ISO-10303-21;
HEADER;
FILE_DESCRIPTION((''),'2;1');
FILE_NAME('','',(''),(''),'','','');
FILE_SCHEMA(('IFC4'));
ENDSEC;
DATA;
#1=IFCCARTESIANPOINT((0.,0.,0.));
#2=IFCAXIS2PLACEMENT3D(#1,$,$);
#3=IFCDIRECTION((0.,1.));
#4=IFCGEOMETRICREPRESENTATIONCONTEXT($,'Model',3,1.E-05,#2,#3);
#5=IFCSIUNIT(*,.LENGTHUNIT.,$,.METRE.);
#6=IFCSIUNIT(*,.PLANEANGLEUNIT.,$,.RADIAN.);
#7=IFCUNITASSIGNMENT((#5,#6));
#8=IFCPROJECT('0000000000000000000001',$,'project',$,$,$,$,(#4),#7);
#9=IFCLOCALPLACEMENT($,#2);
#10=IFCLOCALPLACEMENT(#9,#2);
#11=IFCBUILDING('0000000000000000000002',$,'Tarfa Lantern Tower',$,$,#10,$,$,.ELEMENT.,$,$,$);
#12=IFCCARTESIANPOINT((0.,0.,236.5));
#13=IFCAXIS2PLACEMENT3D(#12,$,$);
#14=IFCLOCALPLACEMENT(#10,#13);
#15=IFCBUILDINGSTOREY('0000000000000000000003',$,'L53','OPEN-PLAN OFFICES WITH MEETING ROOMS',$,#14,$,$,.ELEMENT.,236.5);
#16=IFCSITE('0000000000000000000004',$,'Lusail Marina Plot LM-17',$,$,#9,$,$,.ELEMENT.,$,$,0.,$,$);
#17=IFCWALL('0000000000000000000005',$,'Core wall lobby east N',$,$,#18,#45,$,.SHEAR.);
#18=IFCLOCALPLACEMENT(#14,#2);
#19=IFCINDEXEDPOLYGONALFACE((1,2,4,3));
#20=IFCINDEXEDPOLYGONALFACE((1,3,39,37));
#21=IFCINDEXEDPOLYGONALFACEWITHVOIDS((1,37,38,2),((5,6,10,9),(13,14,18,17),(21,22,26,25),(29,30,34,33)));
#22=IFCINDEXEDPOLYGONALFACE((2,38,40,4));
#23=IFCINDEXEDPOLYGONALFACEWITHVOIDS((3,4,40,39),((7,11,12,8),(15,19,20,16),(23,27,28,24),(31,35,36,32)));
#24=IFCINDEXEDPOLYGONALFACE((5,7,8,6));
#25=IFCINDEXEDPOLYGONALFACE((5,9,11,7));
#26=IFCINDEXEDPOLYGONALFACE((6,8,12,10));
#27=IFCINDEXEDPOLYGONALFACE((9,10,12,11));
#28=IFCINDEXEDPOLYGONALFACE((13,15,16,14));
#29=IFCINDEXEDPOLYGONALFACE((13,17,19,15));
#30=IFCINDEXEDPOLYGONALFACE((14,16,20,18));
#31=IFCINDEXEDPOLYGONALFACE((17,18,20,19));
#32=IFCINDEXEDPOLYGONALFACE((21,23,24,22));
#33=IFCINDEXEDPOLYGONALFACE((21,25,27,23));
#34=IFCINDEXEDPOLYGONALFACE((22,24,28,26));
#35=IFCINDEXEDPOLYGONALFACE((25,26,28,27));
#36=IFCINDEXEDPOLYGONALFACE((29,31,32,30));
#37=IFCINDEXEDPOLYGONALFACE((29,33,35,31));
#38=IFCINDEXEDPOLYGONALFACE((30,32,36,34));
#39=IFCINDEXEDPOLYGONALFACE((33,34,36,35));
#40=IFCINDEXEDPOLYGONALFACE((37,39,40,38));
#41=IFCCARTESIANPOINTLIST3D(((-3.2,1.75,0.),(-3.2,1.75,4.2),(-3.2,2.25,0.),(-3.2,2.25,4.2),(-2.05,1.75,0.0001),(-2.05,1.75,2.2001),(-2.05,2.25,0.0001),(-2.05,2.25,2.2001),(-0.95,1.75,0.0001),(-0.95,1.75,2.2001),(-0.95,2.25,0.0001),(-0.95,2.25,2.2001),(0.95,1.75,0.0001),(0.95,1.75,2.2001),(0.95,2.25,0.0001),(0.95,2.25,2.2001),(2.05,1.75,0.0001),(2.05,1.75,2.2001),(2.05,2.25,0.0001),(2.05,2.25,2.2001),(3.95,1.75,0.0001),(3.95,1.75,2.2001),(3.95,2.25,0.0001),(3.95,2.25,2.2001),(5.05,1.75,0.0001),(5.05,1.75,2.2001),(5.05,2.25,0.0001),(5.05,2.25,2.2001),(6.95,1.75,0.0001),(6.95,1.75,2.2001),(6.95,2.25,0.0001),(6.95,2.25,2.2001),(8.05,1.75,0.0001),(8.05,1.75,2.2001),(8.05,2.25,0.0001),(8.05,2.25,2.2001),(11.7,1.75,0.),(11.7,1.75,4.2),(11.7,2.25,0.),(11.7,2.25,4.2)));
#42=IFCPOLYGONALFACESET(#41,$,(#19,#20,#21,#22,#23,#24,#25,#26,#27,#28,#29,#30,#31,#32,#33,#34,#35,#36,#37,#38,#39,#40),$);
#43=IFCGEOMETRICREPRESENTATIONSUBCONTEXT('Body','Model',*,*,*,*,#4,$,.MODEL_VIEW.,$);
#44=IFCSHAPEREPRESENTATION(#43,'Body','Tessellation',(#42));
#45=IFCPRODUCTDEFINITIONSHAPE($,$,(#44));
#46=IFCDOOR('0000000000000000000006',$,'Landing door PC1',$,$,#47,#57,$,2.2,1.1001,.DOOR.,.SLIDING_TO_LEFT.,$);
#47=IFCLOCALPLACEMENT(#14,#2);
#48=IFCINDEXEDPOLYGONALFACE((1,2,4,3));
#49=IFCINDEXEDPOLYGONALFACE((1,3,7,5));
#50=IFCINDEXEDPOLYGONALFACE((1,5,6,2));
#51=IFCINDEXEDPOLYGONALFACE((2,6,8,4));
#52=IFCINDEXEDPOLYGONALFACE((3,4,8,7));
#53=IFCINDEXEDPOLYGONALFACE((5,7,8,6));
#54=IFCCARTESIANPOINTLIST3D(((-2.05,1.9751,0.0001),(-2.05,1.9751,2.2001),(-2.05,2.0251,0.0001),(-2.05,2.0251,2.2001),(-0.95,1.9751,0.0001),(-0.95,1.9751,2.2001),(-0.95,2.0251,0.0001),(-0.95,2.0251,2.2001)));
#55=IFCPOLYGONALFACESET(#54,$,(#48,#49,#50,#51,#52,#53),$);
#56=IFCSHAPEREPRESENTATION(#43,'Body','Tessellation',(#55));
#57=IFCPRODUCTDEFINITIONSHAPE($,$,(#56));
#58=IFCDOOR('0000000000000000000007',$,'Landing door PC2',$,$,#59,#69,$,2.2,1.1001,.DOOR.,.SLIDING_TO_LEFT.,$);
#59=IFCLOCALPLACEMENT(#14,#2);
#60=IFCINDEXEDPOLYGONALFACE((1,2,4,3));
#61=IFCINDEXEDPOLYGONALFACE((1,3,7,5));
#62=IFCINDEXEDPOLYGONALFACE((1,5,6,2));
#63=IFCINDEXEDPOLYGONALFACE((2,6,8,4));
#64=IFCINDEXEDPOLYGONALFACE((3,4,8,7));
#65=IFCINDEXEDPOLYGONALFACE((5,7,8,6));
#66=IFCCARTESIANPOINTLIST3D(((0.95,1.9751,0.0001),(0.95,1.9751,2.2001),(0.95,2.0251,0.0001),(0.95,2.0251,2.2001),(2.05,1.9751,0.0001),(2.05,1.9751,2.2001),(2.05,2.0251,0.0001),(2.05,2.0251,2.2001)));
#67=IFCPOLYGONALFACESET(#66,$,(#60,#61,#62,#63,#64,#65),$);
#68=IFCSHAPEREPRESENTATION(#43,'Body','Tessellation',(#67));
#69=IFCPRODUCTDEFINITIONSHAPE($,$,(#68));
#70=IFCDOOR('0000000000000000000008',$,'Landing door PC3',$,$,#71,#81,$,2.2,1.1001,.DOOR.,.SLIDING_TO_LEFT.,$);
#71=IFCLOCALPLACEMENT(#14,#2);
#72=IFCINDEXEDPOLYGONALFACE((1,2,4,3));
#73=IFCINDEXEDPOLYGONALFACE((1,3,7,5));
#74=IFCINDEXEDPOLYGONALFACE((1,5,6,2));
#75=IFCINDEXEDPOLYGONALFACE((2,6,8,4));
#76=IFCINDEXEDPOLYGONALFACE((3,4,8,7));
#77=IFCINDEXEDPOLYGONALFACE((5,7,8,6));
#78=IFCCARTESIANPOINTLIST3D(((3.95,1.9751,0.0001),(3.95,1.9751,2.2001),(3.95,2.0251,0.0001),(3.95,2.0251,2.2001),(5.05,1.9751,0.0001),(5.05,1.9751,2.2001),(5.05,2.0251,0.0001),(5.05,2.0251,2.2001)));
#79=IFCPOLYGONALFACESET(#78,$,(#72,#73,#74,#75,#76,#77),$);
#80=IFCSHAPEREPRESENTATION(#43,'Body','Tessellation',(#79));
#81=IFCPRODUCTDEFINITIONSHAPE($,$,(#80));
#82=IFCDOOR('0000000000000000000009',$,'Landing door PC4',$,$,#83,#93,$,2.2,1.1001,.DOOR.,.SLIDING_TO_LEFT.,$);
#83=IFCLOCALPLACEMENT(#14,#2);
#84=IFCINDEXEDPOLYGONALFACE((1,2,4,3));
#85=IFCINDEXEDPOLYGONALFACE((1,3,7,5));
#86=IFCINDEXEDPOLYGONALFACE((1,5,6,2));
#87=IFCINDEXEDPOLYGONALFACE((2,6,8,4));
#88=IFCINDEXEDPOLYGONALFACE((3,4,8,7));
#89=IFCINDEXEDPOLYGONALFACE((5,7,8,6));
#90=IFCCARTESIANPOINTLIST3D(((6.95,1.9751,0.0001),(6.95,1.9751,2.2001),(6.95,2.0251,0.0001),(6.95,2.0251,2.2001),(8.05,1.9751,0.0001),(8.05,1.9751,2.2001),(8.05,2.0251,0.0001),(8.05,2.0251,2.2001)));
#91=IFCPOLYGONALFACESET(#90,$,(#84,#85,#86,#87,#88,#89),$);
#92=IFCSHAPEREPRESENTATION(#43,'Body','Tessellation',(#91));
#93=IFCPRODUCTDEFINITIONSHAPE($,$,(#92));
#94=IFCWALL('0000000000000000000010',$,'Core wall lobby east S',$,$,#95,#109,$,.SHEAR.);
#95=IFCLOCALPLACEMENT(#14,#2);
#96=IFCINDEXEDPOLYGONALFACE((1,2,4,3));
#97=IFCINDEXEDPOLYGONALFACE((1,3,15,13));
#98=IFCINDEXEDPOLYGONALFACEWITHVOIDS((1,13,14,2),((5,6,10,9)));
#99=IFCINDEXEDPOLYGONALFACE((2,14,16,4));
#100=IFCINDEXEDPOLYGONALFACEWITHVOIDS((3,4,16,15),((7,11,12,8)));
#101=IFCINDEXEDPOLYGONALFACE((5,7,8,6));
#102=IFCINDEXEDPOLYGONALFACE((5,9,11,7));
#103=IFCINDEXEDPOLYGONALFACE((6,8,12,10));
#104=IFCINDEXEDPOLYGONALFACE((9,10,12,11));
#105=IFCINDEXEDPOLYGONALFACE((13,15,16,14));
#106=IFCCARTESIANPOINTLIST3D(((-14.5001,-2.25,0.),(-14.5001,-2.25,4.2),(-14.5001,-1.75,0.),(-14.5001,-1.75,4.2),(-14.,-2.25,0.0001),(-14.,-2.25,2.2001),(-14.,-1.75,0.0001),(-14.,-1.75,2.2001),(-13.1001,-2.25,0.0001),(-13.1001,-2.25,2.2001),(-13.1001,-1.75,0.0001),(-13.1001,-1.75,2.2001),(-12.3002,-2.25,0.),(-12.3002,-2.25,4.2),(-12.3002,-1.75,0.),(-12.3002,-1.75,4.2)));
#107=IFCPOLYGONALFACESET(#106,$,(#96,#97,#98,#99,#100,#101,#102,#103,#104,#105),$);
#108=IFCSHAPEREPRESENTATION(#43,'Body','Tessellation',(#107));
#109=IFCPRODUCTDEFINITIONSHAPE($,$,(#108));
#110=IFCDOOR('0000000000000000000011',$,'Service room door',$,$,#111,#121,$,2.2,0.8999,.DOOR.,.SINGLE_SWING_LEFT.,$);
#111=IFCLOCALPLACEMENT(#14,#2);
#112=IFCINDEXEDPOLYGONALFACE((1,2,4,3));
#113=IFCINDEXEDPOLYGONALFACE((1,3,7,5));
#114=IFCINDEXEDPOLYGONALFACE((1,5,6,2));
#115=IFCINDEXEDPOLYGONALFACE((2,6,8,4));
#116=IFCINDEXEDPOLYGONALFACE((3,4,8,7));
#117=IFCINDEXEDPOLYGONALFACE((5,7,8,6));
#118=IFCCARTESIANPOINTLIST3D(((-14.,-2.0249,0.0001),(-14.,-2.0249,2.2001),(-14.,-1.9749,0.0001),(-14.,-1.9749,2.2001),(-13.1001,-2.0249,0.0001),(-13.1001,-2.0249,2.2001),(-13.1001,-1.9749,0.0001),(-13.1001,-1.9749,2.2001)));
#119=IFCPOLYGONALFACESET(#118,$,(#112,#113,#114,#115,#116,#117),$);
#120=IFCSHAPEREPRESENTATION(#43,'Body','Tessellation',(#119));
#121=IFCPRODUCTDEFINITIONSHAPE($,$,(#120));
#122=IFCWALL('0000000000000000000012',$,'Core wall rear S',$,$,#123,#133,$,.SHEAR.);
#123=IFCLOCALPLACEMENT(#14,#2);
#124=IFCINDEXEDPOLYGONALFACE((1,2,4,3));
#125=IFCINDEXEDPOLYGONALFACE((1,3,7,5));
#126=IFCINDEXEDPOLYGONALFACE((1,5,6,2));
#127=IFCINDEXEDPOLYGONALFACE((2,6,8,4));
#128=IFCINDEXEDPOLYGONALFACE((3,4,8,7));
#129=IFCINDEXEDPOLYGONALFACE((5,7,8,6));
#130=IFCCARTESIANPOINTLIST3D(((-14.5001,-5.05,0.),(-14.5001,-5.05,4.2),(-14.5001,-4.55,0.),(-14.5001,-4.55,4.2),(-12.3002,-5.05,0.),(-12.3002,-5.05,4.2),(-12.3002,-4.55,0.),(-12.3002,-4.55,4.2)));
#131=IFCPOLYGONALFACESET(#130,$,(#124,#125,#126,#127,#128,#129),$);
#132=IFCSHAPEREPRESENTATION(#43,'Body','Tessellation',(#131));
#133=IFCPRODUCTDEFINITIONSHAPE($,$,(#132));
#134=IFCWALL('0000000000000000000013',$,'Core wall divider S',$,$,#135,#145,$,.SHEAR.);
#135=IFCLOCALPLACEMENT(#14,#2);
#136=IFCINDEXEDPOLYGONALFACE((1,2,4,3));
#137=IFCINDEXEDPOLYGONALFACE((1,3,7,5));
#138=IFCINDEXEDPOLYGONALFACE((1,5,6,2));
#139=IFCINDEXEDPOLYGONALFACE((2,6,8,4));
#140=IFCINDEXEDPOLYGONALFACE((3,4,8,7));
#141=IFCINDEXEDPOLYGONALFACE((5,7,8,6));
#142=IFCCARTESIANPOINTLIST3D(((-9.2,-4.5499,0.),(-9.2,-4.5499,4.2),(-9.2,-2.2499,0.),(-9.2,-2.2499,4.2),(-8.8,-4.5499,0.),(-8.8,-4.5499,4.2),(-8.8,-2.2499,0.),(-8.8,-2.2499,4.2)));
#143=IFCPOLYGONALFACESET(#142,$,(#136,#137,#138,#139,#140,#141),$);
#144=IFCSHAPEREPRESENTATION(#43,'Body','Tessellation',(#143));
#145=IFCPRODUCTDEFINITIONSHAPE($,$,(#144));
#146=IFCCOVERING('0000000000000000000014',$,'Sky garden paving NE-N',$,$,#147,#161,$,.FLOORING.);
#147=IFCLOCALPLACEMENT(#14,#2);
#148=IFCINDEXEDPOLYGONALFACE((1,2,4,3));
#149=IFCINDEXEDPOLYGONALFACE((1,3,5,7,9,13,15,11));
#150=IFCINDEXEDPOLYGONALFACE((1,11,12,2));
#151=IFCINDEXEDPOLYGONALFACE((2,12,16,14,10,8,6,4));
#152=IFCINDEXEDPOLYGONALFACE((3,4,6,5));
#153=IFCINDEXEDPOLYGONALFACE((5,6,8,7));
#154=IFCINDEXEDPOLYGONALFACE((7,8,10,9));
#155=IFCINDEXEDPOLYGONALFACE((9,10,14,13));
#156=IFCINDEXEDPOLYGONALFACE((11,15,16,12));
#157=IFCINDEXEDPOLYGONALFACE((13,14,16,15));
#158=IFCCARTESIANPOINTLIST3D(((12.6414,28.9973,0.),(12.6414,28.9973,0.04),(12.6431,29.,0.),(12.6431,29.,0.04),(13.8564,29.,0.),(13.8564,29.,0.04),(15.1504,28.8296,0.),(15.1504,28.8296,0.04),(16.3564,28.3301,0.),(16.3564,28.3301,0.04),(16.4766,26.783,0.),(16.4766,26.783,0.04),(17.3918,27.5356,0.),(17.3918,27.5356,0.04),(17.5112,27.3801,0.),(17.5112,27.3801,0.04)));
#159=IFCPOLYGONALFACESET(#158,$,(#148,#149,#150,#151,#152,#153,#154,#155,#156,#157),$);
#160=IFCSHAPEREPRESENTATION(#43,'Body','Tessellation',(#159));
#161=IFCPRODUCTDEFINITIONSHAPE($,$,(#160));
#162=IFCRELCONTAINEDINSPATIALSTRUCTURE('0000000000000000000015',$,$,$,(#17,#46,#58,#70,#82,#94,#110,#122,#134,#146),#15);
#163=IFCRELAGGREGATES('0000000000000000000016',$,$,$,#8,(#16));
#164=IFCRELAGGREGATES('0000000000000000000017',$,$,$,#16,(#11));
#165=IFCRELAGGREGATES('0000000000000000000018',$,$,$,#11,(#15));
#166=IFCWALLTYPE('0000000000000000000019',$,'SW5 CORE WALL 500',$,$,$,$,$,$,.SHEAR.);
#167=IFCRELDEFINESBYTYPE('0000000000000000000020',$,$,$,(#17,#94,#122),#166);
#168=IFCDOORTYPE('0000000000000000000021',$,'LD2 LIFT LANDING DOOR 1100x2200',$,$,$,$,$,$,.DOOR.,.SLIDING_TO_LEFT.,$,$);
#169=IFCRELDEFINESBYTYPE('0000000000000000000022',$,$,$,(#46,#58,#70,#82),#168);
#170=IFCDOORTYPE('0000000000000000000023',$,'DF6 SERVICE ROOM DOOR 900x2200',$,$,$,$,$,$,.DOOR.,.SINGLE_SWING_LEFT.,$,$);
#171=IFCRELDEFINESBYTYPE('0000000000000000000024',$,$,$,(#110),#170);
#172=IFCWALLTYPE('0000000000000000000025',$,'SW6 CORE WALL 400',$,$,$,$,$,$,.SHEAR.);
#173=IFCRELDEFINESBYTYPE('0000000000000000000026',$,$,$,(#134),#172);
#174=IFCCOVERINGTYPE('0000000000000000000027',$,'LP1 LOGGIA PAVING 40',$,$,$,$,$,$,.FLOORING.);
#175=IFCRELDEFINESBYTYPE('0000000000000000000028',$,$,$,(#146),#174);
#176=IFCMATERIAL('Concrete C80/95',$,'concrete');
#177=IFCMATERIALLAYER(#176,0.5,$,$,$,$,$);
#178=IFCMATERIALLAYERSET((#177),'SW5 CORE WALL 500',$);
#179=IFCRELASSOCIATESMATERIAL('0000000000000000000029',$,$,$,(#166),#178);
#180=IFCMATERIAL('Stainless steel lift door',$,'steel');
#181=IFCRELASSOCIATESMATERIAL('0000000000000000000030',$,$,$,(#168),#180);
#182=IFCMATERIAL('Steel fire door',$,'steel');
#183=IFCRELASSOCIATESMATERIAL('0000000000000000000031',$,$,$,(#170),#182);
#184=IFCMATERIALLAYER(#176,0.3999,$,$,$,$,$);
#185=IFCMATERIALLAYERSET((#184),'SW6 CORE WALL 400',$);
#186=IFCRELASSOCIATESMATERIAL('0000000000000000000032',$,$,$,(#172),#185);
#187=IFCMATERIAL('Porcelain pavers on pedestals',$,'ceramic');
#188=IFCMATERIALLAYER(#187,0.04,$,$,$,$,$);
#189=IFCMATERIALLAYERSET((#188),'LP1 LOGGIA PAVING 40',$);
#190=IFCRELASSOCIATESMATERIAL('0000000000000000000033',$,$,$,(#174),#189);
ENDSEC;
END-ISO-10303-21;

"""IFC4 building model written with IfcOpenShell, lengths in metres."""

from ifc_helpers import new_model, si_unit, direction, frame, frame_2d, origin, place, context, subcontext, project, spatial, polyline, rectangle, outline, extrude, material, layer, layer_set, type_object, element, fill, save


model = new_model("IFC4")

# Units and contexts
model_context = context("Model", 3, precision=1e-05, world=origin(), true_north=direction((0.0, 1.0)))
body_context = subcontext(model_context, "Body", "Model", "MODEL_VIEW")
ifc_project = project(units=[si_unit("LENGTHUNIT", "METRE"), si_unit("PLANEANGLEUNIT", "RADIAN")], contexts=[model_context])

# Site, building, storey
site_placement = place(None, origin())
site = spatial("IfcSite", under=ifc_project, at=site_placement, Name="Lusail Marina Plot LM-17", CompositionType="ELEMENT", RefElevation=0.0)
building_placement = place(site_placement, origin())
building = spatial("IfcBuilding", under=site, at=building_placement, Name="Tarfa Lantern Tower", CompositionType="ELEMENT")
storey_placement = place(building_placement, frame((0.0, 0.0, 236.5)))
storey = spatial("IfcBuildingStorey", under=building, at=storey_placement, Name="L53", Description="OPEN-PLAN OFFICES WITH MEETING ROOMS", CompositionType="ELEMENT", Elevation=236.5)

# Shared definitions
ifc_material_1 = material(Name="Concrete C80/95", Category="concrete")
ifc_layer_1 = layer(ifc_material_1, 0.5)
ifc_layer_set_1 = layer_set([ifc_layer_1], Name="SW5 CORE WALL 500")
wall_type_1 = type_object("IfcWallType", Name="SW5 CORE WALL 500", PredefinedType="SHEAR", material=ifc_layer_set_1)

# Wall, openings, doors
wall_1_placement = place(storey_placement, frame((-3.2, 2.0, 0.0), z_axis=(0.0, 0.0, 1.0), x_axis=(1.0, 0.0, 0.0)))
wall_1 = element("IfcWall", 1, at=wall_1_placement, inside=storey, type_object=wall_type_1, Name="Core wall lobby east N", PredefinedType="SHEAR", context=body_context, shape_type="SweptSolid", body=[
    extrude(rectangle(XDim=14.8999, YDim=0.5, at=frame_2d((7.45, 0.0))), origin(), (0.0, 0.0, 1.0), 4.2),
])
opening_1_placement = place(wall_1_placement, frame((1.1499, 0.0, 0.0)))
opening_1 = element("IfcOpeningElement", 2, at=opening_1_placement, cuts=wall_1, PredefinedType="OPENING", context=body_context, shape_type="SweptSolid", body=[
    extrude(rectangle(XDim=1.1001, YDim=2.2, at=frame_2d((0.55, 1.1001))), frame((0.0, 0.26, 0.0), z_axis=(0.0, -1.0, 0.0), x_axis=(1.0, 0.0, 0.0)), (0.0, 0.0, 1.0), 0.52),
])
opening_2_placement = place(wall_1_placement, frame((4.1499, 0.0, 0.0)))
opening_2 = element("IfcOpeningElement", 3, at=opening_2_placement, cuts=wall_1, PredefinedType="OPENING", context=body_context, shape_type="SweptSolid", body=[
    extrude(rectangle(XDim=1.1001, YDim=2.2, at=frame_2d((0.55, 1.1001))), frame((0.0, 0.26, 0.0), z_axis=(0.0, -1.0, 0.0), x_axis=(1.0, 0.0, 0.0)), (0.0, 0.0, 1.0), 0.52),
])
opening_3_placement = place(wall_1_placement, frame((7.1499, 0.0, 0.0)))
opening_3 = element("IfcOpeningElement", 4, at=opening_3_placement, cuts=wall_1, PredefinedType="OPENING", context=body_context, shape_type="SweptSolid", body=[
    extrude(rectangle(XDim=1.1001, YDim=2.2, at=frame_2d((0.55, 1.1001))), frame((0.0, 0.26, 0.0), z_axis=(0.0, -1.0, 0.0), x_axis=(1.0, 0.0, 0.0)), (0.0, 0.0, 1.0), 0.52),
])
opening_4_placement = place(wall_1_placement, frame((10.1499, 0.0, 0.0)))
opening_4 = element("IfcOpeningElement", 5, at=opening_4_placement, cuts=wall_1, PredefinedType="OPENING", context=body_context, shape_type="SweptSolid", body=[
    extrude(rectangle(XDim=1.1001, YDim=2.2, at=frame_2d((0.55, 1.1001))), frame((0.0, 0.26, 0.0), z_axis=(0.0, -1.0, 0.0), x_axis=(1.0, 0.0, 0.0)), (0.0, 0.0, 1.0), 0.52),
])
ifc_material_2 = material(Name="Stainless steel lift door", Category="steel")
door_type_1 = type_object("IfcDoorType", Name="LD2 LIFT LANDING DOOR 1100x2200", OperationType="SLIDING_TO_LEFT", PredefinedType="DOOR", material=ifc_material_2)
door_1_placement = place(opening_1_placement, frame((1.1001, 0.0, 0.0), z_axis=(0.0, 0.0, 1.0), x_axis=(-1.0, 0.0, 0.0)))
door_1 = element("IfcDoor", 6, at=door_1_placement, inside=storey, type_object=door_type_1, Name="Landing door PC1", OperationType="SLIDING_TO_LEFT", OverallHeight=2.2, OverallWidth=1.1001, PredefinedType="DOOR", context=body_context, shape_type="SweptSolid", body=[
    extrude(rectangle(XDim=1.1001, YDim=2.2, at=frame_2d((0.55, 1.1001))), frame((0.0, 0.0249, 0.0), z_axis=(0.0, -1.0, 0.0), x_axis=(1.0, 0.0, 0.0)), (0.0, 0.0, 1.0), 0.05),
])
fill(opening_1, door_1)
door_2_placement = place(opening_2_placement, frame((1.1001, 0.0, 0.0), z_axis=(0.0, 0.0, 1.0), x_axis=(-1.0, 0.0, 0.0)))
door_2 = element("IfcDoor", 7, at=door_2_placement, inside=storey, type_object=door_type_1, Name="Landing door PC2", OperationType="SLIDING_TO_LEFT", OverallHeight=2.2, OverallWidth=1.1001, PredefinedType="DOOR", context=body_context, shape_type="SweptSolid", body=[
    extrude(rectangle(XDim=1.1001, YDim=2.2, at=frame_2d((0.55, 1.1001))), frame((0.0, 0.0249, 0.0), z_axis=(0.0, -1.0, 0.0), x_axis=(1.0, 0.0, 0.0)), (0.0, 0.0, 1.0), 0.05),
])
fill(opening_2, door_2)
door_3_placement = place(opening_3_placement, frame((1.1001, 0.0, 0.0), z_axis=(0.0, 0.0, 1.0), x_axis=(-1.0, 0.0, 0.0)))
door_3 = element("IfcDoor", 8, at=door_3_placement, inside=storey, type_object=door_type_1, Name="Landing door PC3", OperationType="SLIDING_TO_LEFT", OverallHeight=2.2, OverallWidth=1.1001, PredefinedType="DOOR", context=body_context, shape_type="SweptSolid", body=[
    extrude(rectangle(XDim=1.1001, YDim=2.2, at=frame_2d((0.55, 1.1001))), frame((0.0, 0.0249, 0.0), z_axis=(0.0, -1.0, 0.0), x_axis=(1.0, 0.0, 0.0)), (0.0, 0.0, 1.0), 0.05),
])
fill(opening_3, door_3)
door_4_placement = place(opening_4_placement, frame((1.1001, 0.0, 0.0), z_axis=(0.0, 0.0, 1.0), x_axis=(-1.0, 0.0, 0.0)))
door_4 = element("IfcDoor", 9, at=door_4_placement, inside=storey, type_object=door_type_1, Name="Landing door PC4", OperationType="SLIDING_TO_LEFT", OverallHeight=2.2, OverallWidth=1.1001, PredefinedType="DOOR", context=body_context, shape_type="SweptSolid", body=[
    extrude(rectangle(XDim=1.1001, YDim=2.2, at=frame_2d((0.55, 1.1001))), frame((0.0, 0.0249, 0.0), z_axis=(0.0, -1.0, 0.0), x_axis=(1.0, 0.0, 0.0)), (0.0, 0.0, 1.0), 0.05),
])
fill(opening_4, door_4)

# Wall, opening, door
wall_2_placement = place(storey_placement, frame((-12.3, -2.0, 0.0), z_axis=(0.0, 0.0, 1.0), x_axis=(-1.0, 0.0, 0.0)))
wall_2 = element("IfcWall", 10, at=wall_2_placement, inside=storey, type_object=wall_type_1, Name="Core wall lobby east S", PredefinedType="SHEAR", context=body_context, shape_type="SweptSolid", body=[
    extrude(rectangle(XDim=2.2, YDim=0.5, at=frame_2d((1.1001, 0.0))), origin(), (0.0, 0.0, 1.0), 4.2),
])
opening_5_placement = place(wall_2_placement, frame((0.8, 0.0, 0.0)))
opening_5 = element("IfcOpeningElement", 11, at=opening_5_placement, cuts=wall_2, PredefinedType="OPENING", context=body_context, shape_type="SweptSolid", body=[
    extrude(rectangle(XDim=0.8999, YDim=2.2, at=frame_2d((0.45, 1.1001))), frame((0.0, 0.26, 0.0), z_axis=(0.0, -1.0, 0.0), x_axis=(1.0, 0.0, 0.0)), (0.0, 0.0, 1.0), 0.52),
])
ifc_material_3 = material(Name="Steel fire door", Category="steel")
door_type_2 = type_object("IfcDoorType", Name="DF6 SERVICE ROOM DOOR 900x2200", OperationType="SINGLE_SWING_LEFT", PredefinedType="DOOR", material=ifc_material_3)
door_5_placement = place(opening_5_placement, origin())
door_5 = element("IfcDoor", 12, at=door_5_placement, inside=storey, type_object=door_type_2, Name="Service room door", OperationType="SINGLE_SWING_LEFT", OverallHeight=2.2, OverallWidth=0.8999, PredefinedType="DOOR", context=body_context, shape_type="SweptSolid", body=[
    extrude(rectangle(XDim=0.8999, YDim=2.2, at=frame_2d((0.45, 1.1001))), frame((0.0, 0.0249, 0.0), z_axis=(0.0, -1.0, 0.0), x_axis=(1.0, 0.0, 0.0)), (0.0, 0.0, 1.0), 0.05),
])
fill(opening_5, door_5)

# Walls
wall_3_placement = place(storey_placement, frame((-12.3, -4.8, 0.0), z_axis=(0.0, 0.0, 1.0), x_axis=(-1.0, 0.0, 0.0)))
element("IfcWall", 13, at=wall_3_placement, inside=storey, type_object=wall_type_1, Name="Core wall rear S", PredefinedType="SHEAR", context=body_context, shape_type="SweptSolid", body=[
    extrude(rectangle(XDim=2.2, YDim=0.5, at=frame_2d((1.1001, 0.0))), origin(), (0.0, 0.0, 1.0), 4.2),
])
ifc_layer_2 = layer(ifc_material_1, 0.3999)
ifc_layer_set_2 = layer_set([ifc_layer_2], Name="SW6 CORE WALL 400")
wall_type_2 = type_object("IfcWallType", Name="SW6 CORE WALL 400", PredefinedType="SHEAR", material=ifc_layer_set_2)
wall_4_placement = place(storey_placement, frame((-9.0, -2.25, 0.0), z_axis=(0.0, 0.0, 1.0), x_axis=(0.0, -1.0, 0.0)))
element("IfcWall", 14, at=wall_4_placement, inside=storey, type_object=wall_type_2, Name="Core wall divider S", PredefinedType="SHEAR", context=body_context, shape_type="SweptSolid", body=[
    extrude(rectangle(XDim=2.3, YDim=0.3999, at=frame_2d((1.1499, 0.0))), origin(), (0.0, 0.0, 1.0), 4.2),
])

# Covering
ifc_material_4 = material(Name="Porcelain pavers on pedestals", Category="ceramic")
ifc_layer_3 = layer(ifc_material_4, 0.04)
ifc_layer_set_3 = layer_set([ifc_layer_3], Name="LP1 LOGGIA PAVING 40")
covering_type = type_object("IfcCoveringType", Name="LP1 LOGGIA PAVING 40", PredefinedType="FLOORING", material=ifc_layer_set_3)
covering_1_placement = place(storey_placement, origin())
element("IfcCovering", 15, at=covering_1_placement, inside=storey, type_object=covering_type, Name="Sky garden paving NE-N", PredefinedType="FLOORING", context=body_context, shape_type="SweptSolid", body=[
    extrude(outline(polyline([(15.1504, 28.8296), (16.3564, 28.3301), (17.3918, 27.5356), (17.5112, 27.3801), (16.4766, 26.783), (12.6414, 28.9973), (12.6431, 29.0), (13.8564, 29.0), (15.1504, 28.8296)])), origin(), (0.0, 0.0, 1.0), 0.04),
])

save(model, "model.ifc")
